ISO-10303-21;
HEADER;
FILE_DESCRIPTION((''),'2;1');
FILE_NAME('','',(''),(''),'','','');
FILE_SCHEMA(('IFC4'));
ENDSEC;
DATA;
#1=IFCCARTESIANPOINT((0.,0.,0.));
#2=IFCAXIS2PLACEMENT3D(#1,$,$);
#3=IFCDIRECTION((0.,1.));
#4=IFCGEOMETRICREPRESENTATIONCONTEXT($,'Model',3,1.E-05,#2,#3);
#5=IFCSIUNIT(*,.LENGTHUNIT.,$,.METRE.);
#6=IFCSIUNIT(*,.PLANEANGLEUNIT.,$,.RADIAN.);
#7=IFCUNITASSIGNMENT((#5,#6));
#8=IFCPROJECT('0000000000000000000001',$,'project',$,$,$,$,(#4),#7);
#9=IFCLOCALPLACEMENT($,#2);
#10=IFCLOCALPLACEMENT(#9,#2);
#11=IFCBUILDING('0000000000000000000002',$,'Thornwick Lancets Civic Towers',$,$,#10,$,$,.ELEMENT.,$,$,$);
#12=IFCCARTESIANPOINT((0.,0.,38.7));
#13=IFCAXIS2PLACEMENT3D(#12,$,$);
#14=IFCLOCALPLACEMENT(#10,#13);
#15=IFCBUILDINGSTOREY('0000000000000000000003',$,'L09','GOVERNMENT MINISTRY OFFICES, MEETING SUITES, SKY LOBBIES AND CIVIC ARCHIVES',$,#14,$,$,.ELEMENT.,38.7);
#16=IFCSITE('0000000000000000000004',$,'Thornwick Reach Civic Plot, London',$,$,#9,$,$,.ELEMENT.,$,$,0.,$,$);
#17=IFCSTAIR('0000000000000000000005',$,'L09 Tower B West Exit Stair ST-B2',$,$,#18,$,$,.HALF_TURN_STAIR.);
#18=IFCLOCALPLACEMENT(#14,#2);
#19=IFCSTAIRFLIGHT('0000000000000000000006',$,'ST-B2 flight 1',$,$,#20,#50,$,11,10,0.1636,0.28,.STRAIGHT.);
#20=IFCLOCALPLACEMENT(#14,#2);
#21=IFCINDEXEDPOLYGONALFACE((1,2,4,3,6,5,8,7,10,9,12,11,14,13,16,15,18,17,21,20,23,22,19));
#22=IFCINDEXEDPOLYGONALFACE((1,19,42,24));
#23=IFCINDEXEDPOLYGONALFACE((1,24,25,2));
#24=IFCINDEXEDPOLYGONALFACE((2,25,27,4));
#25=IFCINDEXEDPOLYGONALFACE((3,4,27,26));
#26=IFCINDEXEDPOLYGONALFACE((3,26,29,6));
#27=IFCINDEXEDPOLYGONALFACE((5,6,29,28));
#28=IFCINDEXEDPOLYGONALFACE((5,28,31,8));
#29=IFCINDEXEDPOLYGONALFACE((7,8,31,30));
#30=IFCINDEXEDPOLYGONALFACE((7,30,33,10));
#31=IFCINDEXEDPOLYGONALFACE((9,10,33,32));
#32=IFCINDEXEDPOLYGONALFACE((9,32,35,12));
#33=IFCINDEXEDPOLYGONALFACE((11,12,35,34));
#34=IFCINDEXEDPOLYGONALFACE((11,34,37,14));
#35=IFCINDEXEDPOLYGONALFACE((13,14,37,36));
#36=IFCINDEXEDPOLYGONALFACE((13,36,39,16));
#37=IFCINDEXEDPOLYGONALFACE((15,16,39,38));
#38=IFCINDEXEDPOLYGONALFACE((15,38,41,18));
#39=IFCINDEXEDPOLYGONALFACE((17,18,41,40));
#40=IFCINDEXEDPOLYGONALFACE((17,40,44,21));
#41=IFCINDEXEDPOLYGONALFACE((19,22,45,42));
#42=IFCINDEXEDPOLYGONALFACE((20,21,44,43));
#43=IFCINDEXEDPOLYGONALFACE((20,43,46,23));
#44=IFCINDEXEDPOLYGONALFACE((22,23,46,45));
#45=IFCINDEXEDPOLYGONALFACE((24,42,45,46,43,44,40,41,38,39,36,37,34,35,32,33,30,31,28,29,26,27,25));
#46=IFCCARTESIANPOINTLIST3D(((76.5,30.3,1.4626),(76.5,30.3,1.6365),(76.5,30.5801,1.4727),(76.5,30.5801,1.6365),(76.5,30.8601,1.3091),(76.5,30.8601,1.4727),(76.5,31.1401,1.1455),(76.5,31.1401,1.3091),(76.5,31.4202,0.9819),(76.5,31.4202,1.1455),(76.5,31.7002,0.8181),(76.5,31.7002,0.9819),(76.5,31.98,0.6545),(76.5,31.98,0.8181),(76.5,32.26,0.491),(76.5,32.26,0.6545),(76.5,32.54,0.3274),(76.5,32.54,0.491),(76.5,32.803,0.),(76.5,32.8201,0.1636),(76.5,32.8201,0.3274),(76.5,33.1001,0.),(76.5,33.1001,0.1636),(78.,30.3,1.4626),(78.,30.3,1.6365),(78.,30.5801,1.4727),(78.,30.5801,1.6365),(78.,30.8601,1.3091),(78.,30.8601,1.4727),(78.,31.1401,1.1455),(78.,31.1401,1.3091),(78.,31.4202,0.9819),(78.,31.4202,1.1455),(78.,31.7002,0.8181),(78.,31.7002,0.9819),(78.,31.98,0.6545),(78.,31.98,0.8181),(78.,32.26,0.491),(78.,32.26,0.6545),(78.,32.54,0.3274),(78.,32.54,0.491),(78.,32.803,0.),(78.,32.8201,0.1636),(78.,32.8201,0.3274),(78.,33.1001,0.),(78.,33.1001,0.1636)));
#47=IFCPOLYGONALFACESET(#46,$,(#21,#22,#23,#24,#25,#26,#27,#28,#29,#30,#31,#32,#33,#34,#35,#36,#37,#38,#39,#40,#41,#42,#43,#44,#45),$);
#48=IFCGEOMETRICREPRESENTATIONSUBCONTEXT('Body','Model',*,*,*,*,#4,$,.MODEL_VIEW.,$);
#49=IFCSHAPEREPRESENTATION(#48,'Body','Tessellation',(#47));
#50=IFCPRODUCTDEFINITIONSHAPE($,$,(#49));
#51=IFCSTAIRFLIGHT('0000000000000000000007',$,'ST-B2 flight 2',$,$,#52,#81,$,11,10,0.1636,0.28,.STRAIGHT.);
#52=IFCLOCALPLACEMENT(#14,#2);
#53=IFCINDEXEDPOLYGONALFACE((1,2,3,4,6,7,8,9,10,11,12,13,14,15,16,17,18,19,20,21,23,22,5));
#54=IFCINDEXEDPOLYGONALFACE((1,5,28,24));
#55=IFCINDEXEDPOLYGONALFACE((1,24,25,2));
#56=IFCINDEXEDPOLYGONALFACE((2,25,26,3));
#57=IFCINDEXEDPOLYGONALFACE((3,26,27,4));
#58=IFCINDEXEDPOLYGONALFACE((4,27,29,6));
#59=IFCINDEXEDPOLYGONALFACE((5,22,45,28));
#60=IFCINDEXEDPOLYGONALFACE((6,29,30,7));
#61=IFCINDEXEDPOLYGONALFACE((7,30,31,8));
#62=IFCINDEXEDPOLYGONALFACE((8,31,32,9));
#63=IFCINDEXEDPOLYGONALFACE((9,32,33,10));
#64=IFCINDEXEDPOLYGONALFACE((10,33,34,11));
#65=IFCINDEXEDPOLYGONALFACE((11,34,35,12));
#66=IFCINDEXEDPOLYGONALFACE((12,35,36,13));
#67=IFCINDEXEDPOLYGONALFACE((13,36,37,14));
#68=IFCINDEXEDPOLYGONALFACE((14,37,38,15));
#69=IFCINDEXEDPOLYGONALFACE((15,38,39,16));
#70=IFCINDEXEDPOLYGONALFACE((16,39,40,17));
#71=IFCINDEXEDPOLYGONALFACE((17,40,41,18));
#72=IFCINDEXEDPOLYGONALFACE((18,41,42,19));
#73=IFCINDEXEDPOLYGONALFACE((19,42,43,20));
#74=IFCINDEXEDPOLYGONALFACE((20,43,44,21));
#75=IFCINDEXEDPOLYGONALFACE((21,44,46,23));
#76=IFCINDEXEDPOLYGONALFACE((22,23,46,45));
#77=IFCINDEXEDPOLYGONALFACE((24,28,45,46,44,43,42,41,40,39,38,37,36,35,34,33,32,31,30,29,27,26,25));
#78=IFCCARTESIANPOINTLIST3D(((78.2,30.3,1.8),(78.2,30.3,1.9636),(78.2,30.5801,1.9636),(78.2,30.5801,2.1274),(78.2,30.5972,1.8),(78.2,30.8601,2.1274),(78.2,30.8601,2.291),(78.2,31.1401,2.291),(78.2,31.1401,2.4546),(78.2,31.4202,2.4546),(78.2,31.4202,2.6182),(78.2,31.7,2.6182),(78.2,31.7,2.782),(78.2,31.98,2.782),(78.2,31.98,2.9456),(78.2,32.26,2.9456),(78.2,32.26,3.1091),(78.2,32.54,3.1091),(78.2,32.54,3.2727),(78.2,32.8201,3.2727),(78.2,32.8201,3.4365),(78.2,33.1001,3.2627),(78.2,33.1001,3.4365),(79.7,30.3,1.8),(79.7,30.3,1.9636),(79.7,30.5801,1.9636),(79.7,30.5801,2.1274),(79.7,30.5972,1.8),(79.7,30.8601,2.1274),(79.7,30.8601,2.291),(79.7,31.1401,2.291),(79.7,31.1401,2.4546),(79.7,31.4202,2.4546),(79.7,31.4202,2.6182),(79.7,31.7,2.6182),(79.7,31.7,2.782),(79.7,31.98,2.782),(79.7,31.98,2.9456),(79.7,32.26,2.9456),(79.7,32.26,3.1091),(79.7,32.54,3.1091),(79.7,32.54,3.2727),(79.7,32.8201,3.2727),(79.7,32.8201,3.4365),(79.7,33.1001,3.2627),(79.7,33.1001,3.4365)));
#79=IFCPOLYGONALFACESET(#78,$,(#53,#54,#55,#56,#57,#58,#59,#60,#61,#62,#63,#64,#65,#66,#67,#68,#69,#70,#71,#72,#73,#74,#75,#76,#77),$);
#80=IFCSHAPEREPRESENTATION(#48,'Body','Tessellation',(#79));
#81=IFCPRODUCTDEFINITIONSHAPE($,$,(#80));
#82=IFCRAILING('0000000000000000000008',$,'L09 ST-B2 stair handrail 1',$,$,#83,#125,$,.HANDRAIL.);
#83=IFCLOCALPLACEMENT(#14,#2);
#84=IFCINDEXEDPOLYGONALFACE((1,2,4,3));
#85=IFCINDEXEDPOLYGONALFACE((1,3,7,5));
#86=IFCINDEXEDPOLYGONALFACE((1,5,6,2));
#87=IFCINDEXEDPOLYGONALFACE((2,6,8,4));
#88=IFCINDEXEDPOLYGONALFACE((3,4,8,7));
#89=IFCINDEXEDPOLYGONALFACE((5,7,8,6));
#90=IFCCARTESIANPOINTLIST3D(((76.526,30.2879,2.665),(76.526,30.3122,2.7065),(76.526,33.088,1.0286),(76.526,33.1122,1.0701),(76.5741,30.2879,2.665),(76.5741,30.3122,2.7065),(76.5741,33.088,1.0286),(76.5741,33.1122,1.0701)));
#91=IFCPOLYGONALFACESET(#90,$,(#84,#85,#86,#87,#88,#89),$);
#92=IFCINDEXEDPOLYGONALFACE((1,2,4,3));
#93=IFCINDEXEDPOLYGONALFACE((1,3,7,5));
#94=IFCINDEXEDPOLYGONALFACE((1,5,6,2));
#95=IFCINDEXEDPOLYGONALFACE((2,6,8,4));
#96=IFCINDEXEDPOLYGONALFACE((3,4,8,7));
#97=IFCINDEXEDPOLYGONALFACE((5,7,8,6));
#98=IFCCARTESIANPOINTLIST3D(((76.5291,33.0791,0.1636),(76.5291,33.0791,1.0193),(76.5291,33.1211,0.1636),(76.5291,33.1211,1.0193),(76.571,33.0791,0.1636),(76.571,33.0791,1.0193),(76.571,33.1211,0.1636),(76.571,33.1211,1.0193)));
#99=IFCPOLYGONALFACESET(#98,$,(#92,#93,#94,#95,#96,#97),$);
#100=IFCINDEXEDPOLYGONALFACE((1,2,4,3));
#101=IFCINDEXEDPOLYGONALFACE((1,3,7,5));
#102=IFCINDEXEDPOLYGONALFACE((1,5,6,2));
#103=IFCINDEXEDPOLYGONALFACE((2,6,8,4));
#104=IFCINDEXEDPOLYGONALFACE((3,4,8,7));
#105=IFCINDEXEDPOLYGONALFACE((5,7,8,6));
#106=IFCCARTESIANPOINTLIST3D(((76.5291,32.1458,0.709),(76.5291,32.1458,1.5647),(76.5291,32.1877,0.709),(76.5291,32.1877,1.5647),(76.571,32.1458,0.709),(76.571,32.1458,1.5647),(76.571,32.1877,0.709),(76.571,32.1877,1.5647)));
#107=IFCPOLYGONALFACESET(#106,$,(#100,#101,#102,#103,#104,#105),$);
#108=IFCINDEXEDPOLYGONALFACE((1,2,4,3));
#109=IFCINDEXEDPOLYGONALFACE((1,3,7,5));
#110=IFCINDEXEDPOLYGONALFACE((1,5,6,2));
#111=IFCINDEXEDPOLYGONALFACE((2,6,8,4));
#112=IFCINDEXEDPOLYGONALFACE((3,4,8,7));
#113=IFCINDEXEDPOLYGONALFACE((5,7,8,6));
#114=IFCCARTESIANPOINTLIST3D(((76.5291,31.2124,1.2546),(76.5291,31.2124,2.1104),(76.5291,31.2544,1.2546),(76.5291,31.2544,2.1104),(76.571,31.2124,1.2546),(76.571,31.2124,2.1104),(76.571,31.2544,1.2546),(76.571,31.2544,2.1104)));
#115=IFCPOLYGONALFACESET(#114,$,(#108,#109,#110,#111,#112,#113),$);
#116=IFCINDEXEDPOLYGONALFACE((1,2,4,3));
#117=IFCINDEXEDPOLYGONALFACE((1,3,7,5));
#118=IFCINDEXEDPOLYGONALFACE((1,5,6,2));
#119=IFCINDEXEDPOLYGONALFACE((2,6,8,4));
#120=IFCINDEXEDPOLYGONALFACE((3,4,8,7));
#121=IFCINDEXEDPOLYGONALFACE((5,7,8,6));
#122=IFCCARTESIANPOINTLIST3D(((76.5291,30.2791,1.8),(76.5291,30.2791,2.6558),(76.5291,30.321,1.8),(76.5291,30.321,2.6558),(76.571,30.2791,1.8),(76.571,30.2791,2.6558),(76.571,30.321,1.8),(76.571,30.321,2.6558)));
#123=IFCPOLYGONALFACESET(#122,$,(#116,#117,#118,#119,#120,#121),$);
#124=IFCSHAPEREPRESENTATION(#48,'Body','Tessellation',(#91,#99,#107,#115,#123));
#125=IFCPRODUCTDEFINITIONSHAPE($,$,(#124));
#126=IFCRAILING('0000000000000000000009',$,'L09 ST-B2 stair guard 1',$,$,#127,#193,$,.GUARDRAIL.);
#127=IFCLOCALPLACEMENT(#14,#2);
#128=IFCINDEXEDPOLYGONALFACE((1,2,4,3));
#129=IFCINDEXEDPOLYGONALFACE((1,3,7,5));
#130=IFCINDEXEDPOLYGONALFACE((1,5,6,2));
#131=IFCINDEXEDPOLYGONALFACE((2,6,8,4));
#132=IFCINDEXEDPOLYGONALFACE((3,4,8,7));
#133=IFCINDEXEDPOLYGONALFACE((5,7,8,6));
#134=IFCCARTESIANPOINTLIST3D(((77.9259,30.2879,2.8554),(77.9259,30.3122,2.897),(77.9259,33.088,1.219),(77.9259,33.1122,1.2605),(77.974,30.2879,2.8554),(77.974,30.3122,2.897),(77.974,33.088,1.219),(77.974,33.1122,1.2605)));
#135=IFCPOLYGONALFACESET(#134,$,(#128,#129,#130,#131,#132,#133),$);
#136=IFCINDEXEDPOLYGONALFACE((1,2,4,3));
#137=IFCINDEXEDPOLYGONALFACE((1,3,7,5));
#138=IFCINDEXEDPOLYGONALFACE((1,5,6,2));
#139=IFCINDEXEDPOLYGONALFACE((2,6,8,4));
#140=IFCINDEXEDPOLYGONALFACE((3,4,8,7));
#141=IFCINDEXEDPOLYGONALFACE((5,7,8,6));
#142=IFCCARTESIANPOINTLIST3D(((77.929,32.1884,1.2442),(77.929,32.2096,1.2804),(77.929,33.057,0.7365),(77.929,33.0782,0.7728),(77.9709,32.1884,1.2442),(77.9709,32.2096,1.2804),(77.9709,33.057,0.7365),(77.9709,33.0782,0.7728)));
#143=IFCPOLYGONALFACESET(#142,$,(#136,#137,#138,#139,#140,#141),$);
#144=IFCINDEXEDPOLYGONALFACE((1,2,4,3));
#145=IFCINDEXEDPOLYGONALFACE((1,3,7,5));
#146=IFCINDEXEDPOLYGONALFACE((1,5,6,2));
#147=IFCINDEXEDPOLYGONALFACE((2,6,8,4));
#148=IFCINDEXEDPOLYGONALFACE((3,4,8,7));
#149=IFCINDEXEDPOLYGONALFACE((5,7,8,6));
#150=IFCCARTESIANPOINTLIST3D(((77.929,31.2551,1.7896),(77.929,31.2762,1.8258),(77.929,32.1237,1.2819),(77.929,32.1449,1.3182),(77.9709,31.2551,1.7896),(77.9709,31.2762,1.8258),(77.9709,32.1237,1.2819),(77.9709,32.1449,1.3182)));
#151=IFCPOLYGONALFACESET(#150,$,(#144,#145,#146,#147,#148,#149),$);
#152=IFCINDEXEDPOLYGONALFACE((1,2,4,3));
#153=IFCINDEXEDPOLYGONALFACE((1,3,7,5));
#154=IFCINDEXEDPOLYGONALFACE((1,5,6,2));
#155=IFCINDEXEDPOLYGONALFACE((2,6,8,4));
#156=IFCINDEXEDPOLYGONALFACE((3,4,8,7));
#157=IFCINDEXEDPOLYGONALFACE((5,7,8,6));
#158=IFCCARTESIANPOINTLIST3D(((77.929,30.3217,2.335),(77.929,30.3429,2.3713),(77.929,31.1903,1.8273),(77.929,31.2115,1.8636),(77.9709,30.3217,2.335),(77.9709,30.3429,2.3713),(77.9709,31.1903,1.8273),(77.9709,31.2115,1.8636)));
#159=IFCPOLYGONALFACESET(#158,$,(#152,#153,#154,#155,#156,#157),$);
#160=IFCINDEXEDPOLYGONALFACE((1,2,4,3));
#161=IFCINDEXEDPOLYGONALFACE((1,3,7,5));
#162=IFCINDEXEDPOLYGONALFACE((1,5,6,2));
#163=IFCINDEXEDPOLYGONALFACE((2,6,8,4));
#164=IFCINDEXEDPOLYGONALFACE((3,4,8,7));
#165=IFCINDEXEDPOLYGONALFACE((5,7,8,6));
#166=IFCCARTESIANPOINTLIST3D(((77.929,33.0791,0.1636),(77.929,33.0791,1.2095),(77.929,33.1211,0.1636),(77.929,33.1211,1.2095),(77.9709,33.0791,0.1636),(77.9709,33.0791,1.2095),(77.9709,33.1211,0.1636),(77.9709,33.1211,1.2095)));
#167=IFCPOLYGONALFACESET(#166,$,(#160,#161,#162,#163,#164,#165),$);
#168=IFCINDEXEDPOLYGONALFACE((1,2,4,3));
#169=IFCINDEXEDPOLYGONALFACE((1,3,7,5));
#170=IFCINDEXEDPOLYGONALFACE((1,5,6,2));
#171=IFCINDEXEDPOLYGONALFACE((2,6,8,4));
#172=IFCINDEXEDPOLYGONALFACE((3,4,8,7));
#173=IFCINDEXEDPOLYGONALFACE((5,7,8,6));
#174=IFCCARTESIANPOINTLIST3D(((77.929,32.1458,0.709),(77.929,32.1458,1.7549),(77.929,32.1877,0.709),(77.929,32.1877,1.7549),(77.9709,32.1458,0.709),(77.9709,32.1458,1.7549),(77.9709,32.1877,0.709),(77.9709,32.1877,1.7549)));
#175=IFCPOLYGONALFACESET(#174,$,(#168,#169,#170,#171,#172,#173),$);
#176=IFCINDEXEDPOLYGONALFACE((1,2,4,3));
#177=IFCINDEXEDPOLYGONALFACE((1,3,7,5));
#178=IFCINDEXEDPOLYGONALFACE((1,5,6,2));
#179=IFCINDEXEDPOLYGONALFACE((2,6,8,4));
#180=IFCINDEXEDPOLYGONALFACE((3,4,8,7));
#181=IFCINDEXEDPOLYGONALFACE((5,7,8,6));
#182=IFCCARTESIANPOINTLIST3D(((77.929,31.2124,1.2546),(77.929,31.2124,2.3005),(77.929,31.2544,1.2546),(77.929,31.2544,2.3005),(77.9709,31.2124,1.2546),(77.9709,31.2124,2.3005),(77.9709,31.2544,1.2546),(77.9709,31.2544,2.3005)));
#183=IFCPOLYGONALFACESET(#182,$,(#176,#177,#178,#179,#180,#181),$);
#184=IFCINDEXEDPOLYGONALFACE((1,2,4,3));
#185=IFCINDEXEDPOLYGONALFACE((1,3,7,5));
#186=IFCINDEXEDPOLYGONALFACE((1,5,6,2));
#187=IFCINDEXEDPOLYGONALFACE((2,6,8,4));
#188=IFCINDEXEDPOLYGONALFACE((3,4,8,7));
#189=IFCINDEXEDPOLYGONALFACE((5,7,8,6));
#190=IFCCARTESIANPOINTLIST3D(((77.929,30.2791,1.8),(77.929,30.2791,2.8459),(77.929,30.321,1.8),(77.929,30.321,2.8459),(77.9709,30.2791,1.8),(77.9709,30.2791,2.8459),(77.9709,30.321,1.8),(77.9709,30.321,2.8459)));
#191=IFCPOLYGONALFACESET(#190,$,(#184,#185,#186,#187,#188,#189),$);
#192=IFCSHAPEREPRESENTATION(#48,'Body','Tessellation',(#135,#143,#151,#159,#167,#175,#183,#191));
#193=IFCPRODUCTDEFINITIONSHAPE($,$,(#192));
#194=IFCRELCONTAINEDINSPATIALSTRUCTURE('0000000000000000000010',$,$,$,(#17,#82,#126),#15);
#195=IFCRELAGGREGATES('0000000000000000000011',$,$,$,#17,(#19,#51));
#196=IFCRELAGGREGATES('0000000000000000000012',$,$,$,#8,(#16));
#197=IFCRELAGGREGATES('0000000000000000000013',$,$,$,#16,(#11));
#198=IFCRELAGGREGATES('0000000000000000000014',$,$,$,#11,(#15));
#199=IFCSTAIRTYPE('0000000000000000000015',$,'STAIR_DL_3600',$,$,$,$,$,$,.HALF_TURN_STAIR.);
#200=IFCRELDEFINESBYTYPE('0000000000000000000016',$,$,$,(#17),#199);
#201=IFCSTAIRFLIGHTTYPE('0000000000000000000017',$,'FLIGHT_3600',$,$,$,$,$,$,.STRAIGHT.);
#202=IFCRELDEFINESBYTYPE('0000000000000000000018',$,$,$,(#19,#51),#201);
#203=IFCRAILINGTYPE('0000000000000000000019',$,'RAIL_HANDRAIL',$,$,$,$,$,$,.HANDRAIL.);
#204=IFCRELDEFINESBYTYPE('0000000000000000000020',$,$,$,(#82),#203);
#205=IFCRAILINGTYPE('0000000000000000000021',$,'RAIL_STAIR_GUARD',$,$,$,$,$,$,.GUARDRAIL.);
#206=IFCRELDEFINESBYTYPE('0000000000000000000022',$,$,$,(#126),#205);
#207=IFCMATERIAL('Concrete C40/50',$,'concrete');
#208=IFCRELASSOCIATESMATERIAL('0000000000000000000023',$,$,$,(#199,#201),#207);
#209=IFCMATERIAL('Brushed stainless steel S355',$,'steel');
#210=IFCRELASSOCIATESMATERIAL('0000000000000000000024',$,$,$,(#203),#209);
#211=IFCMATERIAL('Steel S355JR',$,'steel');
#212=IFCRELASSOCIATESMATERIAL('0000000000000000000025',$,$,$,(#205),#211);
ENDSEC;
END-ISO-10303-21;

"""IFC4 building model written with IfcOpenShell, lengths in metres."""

from ifc_helpers import new_model, si_unit, direction, frame, origin, origin_2d, place, context, subcontext, project, spatial, polyline, rectangle, outline, extrude, material, type_object, element, aggregate, save


model = new_model("IFC4")

# Units and contexts
model_context = context("Model", 3, precision=1e-05, world=origin(), true_north=direction((0.0, 1.0)))
body_context = subcontext(model_context, "Body", "Model", "MODEL_VIEW")
ifc_project = project(units=[si_unit("LENGTHUNIT", "METRE"), si_unit("PLANEANGLEUNIT", "RADIAN")], contexts=[model_context])

# Site, building, storey
site_placement = place(None, origin())
site = spatial("IfcSite", under=ifc_project, at=site_placement, Name="Thornwick Reach Civic Plot, London", CompositionType="ELEMENT", RefElevation=0.0)
building_placement = place(site_placement, origin())
building = spatial("IfcBuilding", under=site, at=building_placement, Name="Thornwick Lancets Civic Towers", CompositionType="ELEMENT")
storey_placement = place(building_placement, frame((0.0, 0.0, 38.7)))
storey = spatial("IfcBuildingStorey", under=building, at=storey_placement, Name="L09", Description="GOVERNMENT MINISTRY OFFICES, MEETING SUITES, SKY LOBBIES AND CIVIC ARCHIVES", CompositionType="ELEMENT", Elevation=38.7)

# Shared definitions
ifc_material_1 = material(Name="Steel S355JR", Category="steel")
ifc_material_2 = material(Name="Concrete C40/50", Category="concrete")

# Stair, stair flights
stair_type = type_object("IfcStairType", Name="STAIR_DL_3600", PredefinedType="HALF_TURN_STAIR", material=ifc_material_2)
stair_placement = place(storey_placement, origin())
stair = element("IfcStair", 1, at=stair_placement, inside=storey, type_object=stair_type, Name="L09 Tower B West Exit Stair ST-B2", PredefinedType="HALF_TURN_STAIR")
stair_flight_type = type_object("IfcStairFlightType", Name="FLIGHT_3600", PredefinedType="STRAIGHT", material=ifc_material_2)
stair_flight_1_placement = place(storey_placement, frame((77.25, 33.1001, 0.0), z_axis=(0.0, 0.0, 1.0), x_axis=(0.0, -1.0, 0.0)))
stair_flight_1 = element("IfcStairFlight", 2, at=stair_flight_1_placement, type_object=stair_flight_type, Name="ST-B2 flight 1", NumberOfRisers=11, NumberOfTreads=10, PredefinedType="STRAIGHT", RiserHeight=0.1636, TreadLength=0.28, context=body_context, shape_type="SweptSolid", body=[
    extrude(outline(polyline([(0.0, 0.0), (0.0, 0.1636), (0.28, 0.1636), (0.28, 0.3274), (0.5601, 0.3274), (0.5601, 0.491), (0.8401, 0.491), (0.8401, 0.6545), (1.1201, 0.6545), (1.1201, 0.8181), (1.3999, 0.8181), (1.3999, 0.9819), (1.6799, 0.9819), (1.6799, 1.1455), (1.96, 1.1455), (1.96, 1.3091), (2.24, 1.3091), (2.24, 1.4727), (2.52, 1.4727), (2.52, 1.6365), (2.8, 1.6365), (2.8, 1.8), (2.8, 1.4626), (0.2971, 0.0), (0.0, 0.0)])), frame((0.0, 0.75, 0.0), z_axis=(0.0, -1.0, 0.0), x_axis=(1.0, 0.0, 0.0)), (0.0, 0.0, 1.0), 1.5),
])
stair_flight_2_placement = place(storey_placement, frame((78.95, 30.3, 1.8), z_axis=(0.0, 0.0, 1.0), x_axis=(0.0, 1.0, 0.0)))
stair_flight_2 = element("IfcStairFlight", 3, at=stair_flight_2_placement, type_object=stair_flight_type, Name="ST-B2 flight 2", NumberOfRisers=11, NumberOfTreads=10, PredefinedType="STRAIGHT", RiserHeight=0.1636, TreadLength=0.28, context=body_context, shape_type="SweptSolid", body=[
    extrude(outline(polyline([(0.0, 0.0), (0.0, 0.1636), (0.28, 0.1636), (0.28, 0.3274), (0.5601, 0.3274), (0.5601, 0.491), (0.8401, 0.491), (0.8401, 0.6545), (1.1201, 0.6545), (1.1201, 0.8181), (1.3999, 0.8181), (1.3999, 0.9819), (1.6799, 0.9819), (1.6799, 1.1455), (1.96, 1.1455), (1.96, 1.3091), (2.24, 1.3091), (2.24, 1.4727), (2.52, 1.4727), (2.52, 1.6365), (2.8, 1.6365), (2.8, 1.8), (2.8, 1.4626), (0.2971, 0.0), (0.0, 0.0)])), frame((0.0, 0.75, 0.0), z_axis=(0.0, -1.0, 0.0), x_axis=(1.0, 0.0, 0.0)), (0.0, 0.0, 1.0), 1.5),
])
aggregate(stair, [stair_flight_1, stair_flight_2])

# Railings
ifc_material_3 = material(Name="Brushed stainless steel S355", Category="steel")
railing_type_1 = type_object("IfcRailingType", Name="RAIL_HANDRAIL", PredefinedType="HANDRAIL", material=ifc_material_3)
railing_1_placement = place(storey_placement, frame((76.55, 33.1001, 0.1636)))
element("IfcRailing", 4, at=railing_1_placement, inside=storey, type_object=railing_type_1, Name="L09 ST-B2 stair handrail 1", PredefinedType="HANDRAIL", context=body_context, shape_type="SweptSolid", body=[
    extrude(rectangle(XDim=0.0481, YDim=0.0481, at=origin_2d()), frame((0.0, 0.0, 0.8857), z_axis=(0.0, -0.863361, 0.504587), x_axis=(1.0, 0.0, 0.0)), (0.0, 0.0, 1.0), 3.2432),
    extrude(rectangle(XDim=0.042, YDim=0.042, at=origin_2d()), origin(), (0.0, 0.0, 1.0), 0.8557),
    extrude(rectangle(XDim=0.042, YDim=0.042, at=origin_2d()), frame((0.0, -0.9333, 0.5454)), (0.0, 0.0, 1.0), 0.8557),
    extrude(rectangle(XDim=0.042, YDim=0.042, at=origin_2d()), frame((0.0, -1.8667, 1.0911)), (0.0, 0.0, 1.0), 0.8557),
    extrude(rectangle(XDim=0.042, YDim=0.042, at=origin_2d()), frame((0.0, -2.8, 1.6365)), (0.0, 0.0, 1.0), 0.8557),
])
railing_type_2 = type_object("IfcRailingType", Name="RAIL_STAIR_GUARD", PredefinedType="GUARDRAIL", material=ifc_material_1)
railing_2_placement = place(storey_placement, frame((77.95, 33.1001, 0.1636)))
element("IfcRailing", 5, at=railing_2_placement, inside=storey, type_object=railing_type_2, Name="L09 ST-B2 stair guard 1", PredefinedType="GUARDRAIL", context=body_context, shape_type="SweptSolid", body=[
    extrude(rectangle(XDim=0.0481, YDim=0.0481, at=origin_2d()), frame((0.0, 0.0, 1.0762), z_axis=(0.0, -0.863361, 0.504587), x_axis=(1.0, 0.0, 0.0)), (0.0, 0.0, 1.0), 3.2432),
    extrude(rectangle(XDim=0.042, YDim=0.042, at=origin_2d()), frame((0.0, -0.0325, 0.5911), z_axis=(0.0, -0.863361, 0.504587), x_axis=(1.0, 0.0, 0.0)), (0.0, 0.0, 1.0), 1.0061),
    extrude(rectangle(XDim=0.042, YDim=0.042, at=origin_2d()), frame((0.0, -0.9658, 1.1365), z_axis=(0.0, -0.863361, 0.504587), x_axis=(1.0, 0.0, 0.0)), (0.0, 0.0, 1.0), 1.0061),
    extrude(rectangle(XDim=0.042, YDim=0.042, at=origin_2d()), frame((0.0, -1.8992, 1.6819), z_axis=(0.0, -0.863361, 0.504587), x_axis=(1.0, 0.0, 0.0)), (0.0, 0.0, 1.0), 1.0061),
    extrude(rectangle(XDim=0.042, YDim=0.042, at=origin_2d()), origin(), (0.0, 0.0, 1.0), 1.0459),
    extrude(rectangle(XDim=0.042, YDim=0.042, at=origin_2d()), frame((0.0, -0.9333, 0.5454)), (0.0, 0.0, 1.0), 1.0459),
    extrude(rectangle(XDim=0.042, YDim=0.042, at=origin_2d()), frame((0.0, -1.8667, 1.0911)), (0.0, 0.0, 1.0), 1.0459),
    extrude(rectangle(XDim=0.042, YDim=0.042, at=origin_2d()), frame((0.0, -2.8, 1.6365)), (0.0, 0.0, 1.0), 1.0459),
])

save(model, "model.ifc")
